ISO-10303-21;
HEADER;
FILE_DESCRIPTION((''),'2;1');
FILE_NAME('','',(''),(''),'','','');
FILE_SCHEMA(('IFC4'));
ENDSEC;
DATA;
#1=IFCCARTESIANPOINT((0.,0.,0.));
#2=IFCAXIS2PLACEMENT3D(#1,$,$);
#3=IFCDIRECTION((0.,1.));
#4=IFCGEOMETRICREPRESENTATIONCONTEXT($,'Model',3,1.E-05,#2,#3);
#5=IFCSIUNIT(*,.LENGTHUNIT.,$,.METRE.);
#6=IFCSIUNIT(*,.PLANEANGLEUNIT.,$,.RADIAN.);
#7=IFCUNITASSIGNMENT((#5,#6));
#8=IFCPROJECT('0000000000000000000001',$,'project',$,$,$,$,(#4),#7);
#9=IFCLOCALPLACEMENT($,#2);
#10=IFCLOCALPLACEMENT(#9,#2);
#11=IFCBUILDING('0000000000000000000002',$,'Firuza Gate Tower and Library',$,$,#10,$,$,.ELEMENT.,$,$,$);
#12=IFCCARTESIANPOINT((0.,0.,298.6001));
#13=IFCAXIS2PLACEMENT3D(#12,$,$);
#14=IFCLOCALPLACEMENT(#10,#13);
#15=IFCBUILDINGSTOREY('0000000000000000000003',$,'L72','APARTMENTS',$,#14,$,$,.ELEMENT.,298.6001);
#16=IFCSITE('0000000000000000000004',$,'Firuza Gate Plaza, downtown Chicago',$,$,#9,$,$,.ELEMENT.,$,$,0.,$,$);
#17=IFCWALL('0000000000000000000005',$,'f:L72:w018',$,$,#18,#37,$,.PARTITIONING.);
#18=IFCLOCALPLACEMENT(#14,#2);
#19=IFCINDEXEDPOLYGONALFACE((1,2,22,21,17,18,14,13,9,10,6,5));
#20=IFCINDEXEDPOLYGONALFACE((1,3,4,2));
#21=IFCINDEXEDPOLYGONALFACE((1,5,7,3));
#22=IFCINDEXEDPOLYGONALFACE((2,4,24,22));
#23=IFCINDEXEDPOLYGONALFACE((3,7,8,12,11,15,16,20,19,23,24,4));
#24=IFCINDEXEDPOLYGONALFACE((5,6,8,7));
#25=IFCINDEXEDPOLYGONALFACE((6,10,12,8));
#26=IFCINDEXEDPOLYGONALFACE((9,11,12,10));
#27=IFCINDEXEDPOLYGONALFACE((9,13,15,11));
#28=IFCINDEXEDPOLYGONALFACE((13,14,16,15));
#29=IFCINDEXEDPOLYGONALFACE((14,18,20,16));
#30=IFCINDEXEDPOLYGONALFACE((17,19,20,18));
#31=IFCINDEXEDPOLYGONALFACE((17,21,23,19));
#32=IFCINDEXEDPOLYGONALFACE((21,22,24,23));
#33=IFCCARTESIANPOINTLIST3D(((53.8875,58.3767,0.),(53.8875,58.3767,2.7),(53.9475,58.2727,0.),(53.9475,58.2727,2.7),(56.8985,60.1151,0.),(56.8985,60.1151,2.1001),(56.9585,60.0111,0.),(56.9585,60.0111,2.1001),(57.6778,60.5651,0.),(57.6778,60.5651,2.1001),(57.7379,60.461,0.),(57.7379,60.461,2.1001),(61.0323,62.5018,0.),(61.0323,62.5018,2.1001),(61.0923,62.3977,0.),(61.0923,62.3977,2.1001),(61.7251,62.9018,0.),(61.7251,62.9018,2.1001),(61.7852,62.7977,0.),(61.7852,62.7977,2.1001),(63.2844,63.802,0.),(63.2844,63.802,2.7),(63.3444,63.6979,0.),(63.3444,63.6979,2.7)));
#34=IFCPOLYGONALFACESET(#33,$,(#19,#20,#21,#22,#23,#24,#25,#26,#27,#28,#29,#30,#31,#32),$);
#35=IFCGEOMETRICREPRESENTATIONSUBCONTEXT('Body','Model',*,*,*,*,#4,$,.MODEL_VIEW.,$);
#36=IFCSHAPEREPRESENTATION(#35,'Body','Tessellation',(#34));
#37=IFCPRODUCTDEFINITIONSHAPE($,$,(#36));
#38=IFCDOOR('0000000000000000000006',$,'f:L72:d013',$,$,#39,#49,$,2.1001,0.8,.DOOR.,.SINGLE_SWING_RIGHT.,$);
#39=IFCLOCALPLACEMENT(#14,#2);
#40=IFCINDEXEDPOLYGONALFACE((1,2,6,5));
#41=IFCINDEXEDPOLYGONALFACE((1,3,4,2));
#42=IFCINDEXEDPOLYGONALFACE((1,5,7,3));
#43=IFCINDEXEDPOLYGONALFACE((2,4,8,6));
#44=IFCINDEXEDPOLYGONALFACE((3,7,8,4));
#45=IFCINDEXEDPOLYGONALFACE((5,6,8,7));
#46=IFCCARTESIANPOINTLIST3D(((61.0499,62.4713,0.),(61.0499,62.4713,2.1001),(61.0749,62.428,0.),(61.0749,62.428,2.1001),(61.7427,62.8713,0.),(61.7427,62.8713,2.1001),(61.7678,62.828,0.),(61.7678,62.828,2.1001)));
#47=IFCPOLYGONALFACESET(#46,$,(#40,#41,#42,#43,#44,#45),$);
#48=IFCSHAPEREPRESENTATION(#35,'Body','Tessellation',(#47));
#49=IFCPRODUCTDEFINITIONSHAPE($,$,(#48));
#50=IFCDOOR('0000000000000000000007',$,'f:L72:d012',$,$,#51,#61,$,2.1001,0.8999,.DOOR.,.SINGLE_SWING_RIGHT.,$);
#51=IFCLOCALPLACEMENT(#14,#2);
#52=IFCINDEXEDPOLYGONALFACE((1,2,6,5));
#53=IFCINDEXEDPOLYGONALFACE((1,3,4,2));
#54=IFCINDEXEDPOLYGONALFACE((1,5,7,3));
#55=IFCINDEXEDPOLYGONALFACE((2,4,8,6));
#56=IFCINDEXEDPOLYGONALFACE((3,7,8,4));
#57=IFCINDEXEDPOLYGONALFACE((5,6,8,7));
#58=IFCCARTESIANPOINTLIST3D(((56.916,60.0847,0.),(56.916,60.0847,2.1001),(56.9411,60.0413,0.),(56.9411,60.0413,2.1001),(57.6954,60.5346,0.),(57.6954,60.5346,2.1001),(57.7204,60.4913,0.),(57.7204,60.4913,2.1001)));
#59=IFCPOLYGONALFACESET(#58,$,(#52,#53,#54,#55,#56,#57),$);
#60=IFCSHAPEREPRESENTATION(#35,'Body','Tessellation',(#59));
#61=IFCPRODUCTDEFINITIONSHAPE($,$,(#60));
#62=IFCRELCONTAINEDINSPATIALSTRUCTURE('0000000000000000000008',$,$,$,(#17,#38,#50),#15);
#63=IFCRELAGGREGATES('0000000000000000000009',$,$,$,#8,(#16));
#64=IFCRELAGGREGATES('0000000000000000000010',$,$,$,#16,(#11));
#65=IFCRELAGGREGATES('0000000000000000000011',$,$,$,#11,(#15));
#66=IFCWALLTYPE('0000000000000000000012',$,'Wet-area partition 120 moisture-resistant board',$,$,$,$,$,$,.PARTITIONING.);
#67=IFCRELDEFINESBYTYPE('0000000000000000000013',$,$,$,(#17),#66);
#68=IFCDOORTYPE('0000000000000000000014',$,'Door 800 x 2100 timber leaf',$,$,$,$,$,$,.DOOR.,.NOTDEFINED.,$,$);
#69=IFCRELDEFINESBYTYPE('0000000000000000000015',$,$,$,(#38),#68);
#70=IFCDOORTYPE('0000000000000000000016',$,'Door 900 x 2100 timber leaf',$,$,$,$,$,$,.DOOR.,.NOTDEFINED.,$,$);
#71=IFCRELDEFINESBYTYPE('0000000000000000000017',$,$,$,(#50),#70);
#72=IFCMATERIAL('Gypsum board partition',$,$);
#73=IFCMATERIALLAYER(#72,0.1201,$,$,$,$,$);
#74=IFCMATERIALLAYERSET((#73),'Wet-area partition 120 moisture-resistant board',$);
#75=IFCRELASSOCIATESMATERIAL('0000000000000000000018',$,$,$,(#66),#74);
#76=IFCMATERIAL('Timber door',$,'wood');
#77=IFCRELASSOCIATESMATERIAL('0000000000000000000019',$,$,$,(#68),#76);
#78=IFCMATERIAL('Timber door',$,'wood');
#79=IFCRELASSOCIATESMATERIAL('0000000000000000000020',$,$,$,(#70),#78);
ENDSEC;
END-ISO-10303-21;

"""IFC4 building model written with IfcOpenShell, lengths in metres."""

from ifc_helpers import new_model, si_unit, direction, frame, frame_2d, origin, place, context, subcontext, project, spatial, rectangle, extrude, material, layer, layer_set, type_object, element, fill, save


model = new_model("IFC4")

# Units and contexts
model_context = context("Model", 3, precision=1e-05, world=origin(), true_north=direction((0.0, 1.0)))
body_context = subcontext(model_context, "Body", "Model", "MODEL_VIEW")
ifc_project = project(units=[si_unit("LENGTHUNIT", "METRE"), si_unit("PLANEANGLEUNIT", "RADIAN")], contexts=[model_context])

# Site, building, storey
site_placement = place(None, origin())
site = spatial("IfcSite", under=ifc_project, at=site_placement, Name="Firuza Gate Plaza, downtown Chicago", CompositionType="ELEMENT", RefElevation=0.0)
building_placement = place(site_placement, origin())
building = spatial("IfcBuilding", under=site, at=building_placement, Name="Firuza Gate Tower and Library", CompositionType="ELEMENT")
storey_placement = place(building_placement, frame((0.0, 0.0, 298.6001)))
storey = spatial("IfcBuildingStorey", under=building, at=storey_placement, Name="L72", Description="APARTMENTS", CompositionType="ELEMENT", Elevation=298.6001)

# Wall, openings, doors
ifc_material_1 = material(Name="Gypsum board partition")
ifc_layer_1 = layer(ifc_material_1, 0.1201)
ifc_layer_set_1 = layer_set([ifc_layer_1], Name="Wet-area partition 120 moisture-resistant board")
wall_type_1 = type_object("IfcWallType", Name="Wet-area partition 120 moisture-resistant board", PredefinedType="PARTITIONING", material=ifc_layer_set_1)
wall_1_placement = place(storey_placement, frame((53.9175, 58.3247, 0.0), z_axis=(0.0, 0.0, 1.0), x_axis=(0.866027, 0.499996, 0.0)))
wall_1 = element("IfcWall", 1, at=wall_1_placement, inside=storey, type_object=wall_type_1, Name="f:L72:w018", PredefinedType="PARTITIONING", context=body_context, shape_type="SweptSolid", body=[
    extrude(rectangle(XDim=10.8506, YDim=0.1201, at=frame_2d((5.4253, 0.0))), origin(), (0.0, 0.0, 1.0), 2.7),
])
opening_1_placement = place(wall_1_placement, frame((3.4768, 0.0, 0.0)))
opening_1 = element("IfcOpeningElement", 2, at=opening_1_placement, cuts=wall_1, PredefinedType="OPENING", context=body_context, shape_type="SweptSolid", body=[
    extrude(rectangle(XDim=0.8999, YDim=2.1001, at=frame_2d((0.45, 1.05))), frame((0.0, 0.0701, 0.0), z_axis=(0.0, -1.0, 0.0), x_axis=(1.0, 0.0, 0.0)), (0.0, 0.0, 1.0), 0.1401),
])
opening_2_placement = place(wall_1_placement, frame((8.2502, 0.0, 0.0)))
opening_2 = element("IfcOpeningElement", 3, at=opening_2_placement, cuts=wall_1, PredefinedType="OPENING", context=body_context, shape_type="SweptSolid", body=[
    extrude(rectangle(XDim=0.8, YDim=2.1001, at=frame_2d((0.3999, 1.05))), frame((0.0, 0.0701, 0.0), z_axis=(0.0, -1.0, 0.0), x_axis=(1.0, 0.0, 0.0)), (0.0, 0.0, 1.0), 0.1401),
])
ifc_material_2 = material(Name="Timber door", Category="wood")
door_type_1 = type_object("IfcDoorType", Name="Door 800 x 2100 timber leaf", OperationType="NOTDEFINED", PredefinedType="DOOR", material=ifc_material_2)
door_1_placement = place(opening_2_placement, origin())
door_1 = element("IfcDoor", 4, at=door_1_placement, inside=storey, type_object=door_type_1, Name="f:L72:d013", OperationType="SINGLE_SWING_RIGHT", OverallHeight=2.1001, OverallWidth=0.8, PredefinedType="DOOR", context=body_context, shape_type="SweptSolid", body=[
    extrude(rectangle(XDim=0.8, YDim=2.1001, at=frame_2d((0.3999, 1.05))), frame((0.0, 0.0249, 0.0), z_axis=(0.0, -1.0, 0.0), x_axis=(1.0, 0.0, 0.0)), (0.0, 0.0, 1.0), 0.05),
])
fill(opening_2, door_1)
ifc_material_3 = material(Name="Timber door", Category="wood")
door_type_2 = type_object("IfcDoorType", Name="Door 900 x 2100 timber leaf", OperationType="NOTDEFINED", PredefinedType="DOOR", material=ifc_material_3)
door_2_placement = place(opening_1_placement, origin())
door_2 = element("IfcDoor", 5, at=door_2_placement, inside=storey, type_object=door_type_2, Name="f:L72:d012", OperationType="SINGLE_SWING_RIGHT", OverallHeight=2.1001, OverallWidth=0.8999, PredefinedType="DOOR", context=body_context, shape_type="SweptSolid", body=[
    extrude(rectangle(XDim=0.8999, YDim=2.1001, at=frame_2d((0.45, 1.05))), frame((0.0, 0.0249, 0.0), z_axis=(0.0, -1.0, 0.0), x_axis=(1.0, 0.0, 0.0)), (0.0, 0.0, 1.0), 0.05),
])
fill(opening_1, door_2)

save(model, "model.ifc")
